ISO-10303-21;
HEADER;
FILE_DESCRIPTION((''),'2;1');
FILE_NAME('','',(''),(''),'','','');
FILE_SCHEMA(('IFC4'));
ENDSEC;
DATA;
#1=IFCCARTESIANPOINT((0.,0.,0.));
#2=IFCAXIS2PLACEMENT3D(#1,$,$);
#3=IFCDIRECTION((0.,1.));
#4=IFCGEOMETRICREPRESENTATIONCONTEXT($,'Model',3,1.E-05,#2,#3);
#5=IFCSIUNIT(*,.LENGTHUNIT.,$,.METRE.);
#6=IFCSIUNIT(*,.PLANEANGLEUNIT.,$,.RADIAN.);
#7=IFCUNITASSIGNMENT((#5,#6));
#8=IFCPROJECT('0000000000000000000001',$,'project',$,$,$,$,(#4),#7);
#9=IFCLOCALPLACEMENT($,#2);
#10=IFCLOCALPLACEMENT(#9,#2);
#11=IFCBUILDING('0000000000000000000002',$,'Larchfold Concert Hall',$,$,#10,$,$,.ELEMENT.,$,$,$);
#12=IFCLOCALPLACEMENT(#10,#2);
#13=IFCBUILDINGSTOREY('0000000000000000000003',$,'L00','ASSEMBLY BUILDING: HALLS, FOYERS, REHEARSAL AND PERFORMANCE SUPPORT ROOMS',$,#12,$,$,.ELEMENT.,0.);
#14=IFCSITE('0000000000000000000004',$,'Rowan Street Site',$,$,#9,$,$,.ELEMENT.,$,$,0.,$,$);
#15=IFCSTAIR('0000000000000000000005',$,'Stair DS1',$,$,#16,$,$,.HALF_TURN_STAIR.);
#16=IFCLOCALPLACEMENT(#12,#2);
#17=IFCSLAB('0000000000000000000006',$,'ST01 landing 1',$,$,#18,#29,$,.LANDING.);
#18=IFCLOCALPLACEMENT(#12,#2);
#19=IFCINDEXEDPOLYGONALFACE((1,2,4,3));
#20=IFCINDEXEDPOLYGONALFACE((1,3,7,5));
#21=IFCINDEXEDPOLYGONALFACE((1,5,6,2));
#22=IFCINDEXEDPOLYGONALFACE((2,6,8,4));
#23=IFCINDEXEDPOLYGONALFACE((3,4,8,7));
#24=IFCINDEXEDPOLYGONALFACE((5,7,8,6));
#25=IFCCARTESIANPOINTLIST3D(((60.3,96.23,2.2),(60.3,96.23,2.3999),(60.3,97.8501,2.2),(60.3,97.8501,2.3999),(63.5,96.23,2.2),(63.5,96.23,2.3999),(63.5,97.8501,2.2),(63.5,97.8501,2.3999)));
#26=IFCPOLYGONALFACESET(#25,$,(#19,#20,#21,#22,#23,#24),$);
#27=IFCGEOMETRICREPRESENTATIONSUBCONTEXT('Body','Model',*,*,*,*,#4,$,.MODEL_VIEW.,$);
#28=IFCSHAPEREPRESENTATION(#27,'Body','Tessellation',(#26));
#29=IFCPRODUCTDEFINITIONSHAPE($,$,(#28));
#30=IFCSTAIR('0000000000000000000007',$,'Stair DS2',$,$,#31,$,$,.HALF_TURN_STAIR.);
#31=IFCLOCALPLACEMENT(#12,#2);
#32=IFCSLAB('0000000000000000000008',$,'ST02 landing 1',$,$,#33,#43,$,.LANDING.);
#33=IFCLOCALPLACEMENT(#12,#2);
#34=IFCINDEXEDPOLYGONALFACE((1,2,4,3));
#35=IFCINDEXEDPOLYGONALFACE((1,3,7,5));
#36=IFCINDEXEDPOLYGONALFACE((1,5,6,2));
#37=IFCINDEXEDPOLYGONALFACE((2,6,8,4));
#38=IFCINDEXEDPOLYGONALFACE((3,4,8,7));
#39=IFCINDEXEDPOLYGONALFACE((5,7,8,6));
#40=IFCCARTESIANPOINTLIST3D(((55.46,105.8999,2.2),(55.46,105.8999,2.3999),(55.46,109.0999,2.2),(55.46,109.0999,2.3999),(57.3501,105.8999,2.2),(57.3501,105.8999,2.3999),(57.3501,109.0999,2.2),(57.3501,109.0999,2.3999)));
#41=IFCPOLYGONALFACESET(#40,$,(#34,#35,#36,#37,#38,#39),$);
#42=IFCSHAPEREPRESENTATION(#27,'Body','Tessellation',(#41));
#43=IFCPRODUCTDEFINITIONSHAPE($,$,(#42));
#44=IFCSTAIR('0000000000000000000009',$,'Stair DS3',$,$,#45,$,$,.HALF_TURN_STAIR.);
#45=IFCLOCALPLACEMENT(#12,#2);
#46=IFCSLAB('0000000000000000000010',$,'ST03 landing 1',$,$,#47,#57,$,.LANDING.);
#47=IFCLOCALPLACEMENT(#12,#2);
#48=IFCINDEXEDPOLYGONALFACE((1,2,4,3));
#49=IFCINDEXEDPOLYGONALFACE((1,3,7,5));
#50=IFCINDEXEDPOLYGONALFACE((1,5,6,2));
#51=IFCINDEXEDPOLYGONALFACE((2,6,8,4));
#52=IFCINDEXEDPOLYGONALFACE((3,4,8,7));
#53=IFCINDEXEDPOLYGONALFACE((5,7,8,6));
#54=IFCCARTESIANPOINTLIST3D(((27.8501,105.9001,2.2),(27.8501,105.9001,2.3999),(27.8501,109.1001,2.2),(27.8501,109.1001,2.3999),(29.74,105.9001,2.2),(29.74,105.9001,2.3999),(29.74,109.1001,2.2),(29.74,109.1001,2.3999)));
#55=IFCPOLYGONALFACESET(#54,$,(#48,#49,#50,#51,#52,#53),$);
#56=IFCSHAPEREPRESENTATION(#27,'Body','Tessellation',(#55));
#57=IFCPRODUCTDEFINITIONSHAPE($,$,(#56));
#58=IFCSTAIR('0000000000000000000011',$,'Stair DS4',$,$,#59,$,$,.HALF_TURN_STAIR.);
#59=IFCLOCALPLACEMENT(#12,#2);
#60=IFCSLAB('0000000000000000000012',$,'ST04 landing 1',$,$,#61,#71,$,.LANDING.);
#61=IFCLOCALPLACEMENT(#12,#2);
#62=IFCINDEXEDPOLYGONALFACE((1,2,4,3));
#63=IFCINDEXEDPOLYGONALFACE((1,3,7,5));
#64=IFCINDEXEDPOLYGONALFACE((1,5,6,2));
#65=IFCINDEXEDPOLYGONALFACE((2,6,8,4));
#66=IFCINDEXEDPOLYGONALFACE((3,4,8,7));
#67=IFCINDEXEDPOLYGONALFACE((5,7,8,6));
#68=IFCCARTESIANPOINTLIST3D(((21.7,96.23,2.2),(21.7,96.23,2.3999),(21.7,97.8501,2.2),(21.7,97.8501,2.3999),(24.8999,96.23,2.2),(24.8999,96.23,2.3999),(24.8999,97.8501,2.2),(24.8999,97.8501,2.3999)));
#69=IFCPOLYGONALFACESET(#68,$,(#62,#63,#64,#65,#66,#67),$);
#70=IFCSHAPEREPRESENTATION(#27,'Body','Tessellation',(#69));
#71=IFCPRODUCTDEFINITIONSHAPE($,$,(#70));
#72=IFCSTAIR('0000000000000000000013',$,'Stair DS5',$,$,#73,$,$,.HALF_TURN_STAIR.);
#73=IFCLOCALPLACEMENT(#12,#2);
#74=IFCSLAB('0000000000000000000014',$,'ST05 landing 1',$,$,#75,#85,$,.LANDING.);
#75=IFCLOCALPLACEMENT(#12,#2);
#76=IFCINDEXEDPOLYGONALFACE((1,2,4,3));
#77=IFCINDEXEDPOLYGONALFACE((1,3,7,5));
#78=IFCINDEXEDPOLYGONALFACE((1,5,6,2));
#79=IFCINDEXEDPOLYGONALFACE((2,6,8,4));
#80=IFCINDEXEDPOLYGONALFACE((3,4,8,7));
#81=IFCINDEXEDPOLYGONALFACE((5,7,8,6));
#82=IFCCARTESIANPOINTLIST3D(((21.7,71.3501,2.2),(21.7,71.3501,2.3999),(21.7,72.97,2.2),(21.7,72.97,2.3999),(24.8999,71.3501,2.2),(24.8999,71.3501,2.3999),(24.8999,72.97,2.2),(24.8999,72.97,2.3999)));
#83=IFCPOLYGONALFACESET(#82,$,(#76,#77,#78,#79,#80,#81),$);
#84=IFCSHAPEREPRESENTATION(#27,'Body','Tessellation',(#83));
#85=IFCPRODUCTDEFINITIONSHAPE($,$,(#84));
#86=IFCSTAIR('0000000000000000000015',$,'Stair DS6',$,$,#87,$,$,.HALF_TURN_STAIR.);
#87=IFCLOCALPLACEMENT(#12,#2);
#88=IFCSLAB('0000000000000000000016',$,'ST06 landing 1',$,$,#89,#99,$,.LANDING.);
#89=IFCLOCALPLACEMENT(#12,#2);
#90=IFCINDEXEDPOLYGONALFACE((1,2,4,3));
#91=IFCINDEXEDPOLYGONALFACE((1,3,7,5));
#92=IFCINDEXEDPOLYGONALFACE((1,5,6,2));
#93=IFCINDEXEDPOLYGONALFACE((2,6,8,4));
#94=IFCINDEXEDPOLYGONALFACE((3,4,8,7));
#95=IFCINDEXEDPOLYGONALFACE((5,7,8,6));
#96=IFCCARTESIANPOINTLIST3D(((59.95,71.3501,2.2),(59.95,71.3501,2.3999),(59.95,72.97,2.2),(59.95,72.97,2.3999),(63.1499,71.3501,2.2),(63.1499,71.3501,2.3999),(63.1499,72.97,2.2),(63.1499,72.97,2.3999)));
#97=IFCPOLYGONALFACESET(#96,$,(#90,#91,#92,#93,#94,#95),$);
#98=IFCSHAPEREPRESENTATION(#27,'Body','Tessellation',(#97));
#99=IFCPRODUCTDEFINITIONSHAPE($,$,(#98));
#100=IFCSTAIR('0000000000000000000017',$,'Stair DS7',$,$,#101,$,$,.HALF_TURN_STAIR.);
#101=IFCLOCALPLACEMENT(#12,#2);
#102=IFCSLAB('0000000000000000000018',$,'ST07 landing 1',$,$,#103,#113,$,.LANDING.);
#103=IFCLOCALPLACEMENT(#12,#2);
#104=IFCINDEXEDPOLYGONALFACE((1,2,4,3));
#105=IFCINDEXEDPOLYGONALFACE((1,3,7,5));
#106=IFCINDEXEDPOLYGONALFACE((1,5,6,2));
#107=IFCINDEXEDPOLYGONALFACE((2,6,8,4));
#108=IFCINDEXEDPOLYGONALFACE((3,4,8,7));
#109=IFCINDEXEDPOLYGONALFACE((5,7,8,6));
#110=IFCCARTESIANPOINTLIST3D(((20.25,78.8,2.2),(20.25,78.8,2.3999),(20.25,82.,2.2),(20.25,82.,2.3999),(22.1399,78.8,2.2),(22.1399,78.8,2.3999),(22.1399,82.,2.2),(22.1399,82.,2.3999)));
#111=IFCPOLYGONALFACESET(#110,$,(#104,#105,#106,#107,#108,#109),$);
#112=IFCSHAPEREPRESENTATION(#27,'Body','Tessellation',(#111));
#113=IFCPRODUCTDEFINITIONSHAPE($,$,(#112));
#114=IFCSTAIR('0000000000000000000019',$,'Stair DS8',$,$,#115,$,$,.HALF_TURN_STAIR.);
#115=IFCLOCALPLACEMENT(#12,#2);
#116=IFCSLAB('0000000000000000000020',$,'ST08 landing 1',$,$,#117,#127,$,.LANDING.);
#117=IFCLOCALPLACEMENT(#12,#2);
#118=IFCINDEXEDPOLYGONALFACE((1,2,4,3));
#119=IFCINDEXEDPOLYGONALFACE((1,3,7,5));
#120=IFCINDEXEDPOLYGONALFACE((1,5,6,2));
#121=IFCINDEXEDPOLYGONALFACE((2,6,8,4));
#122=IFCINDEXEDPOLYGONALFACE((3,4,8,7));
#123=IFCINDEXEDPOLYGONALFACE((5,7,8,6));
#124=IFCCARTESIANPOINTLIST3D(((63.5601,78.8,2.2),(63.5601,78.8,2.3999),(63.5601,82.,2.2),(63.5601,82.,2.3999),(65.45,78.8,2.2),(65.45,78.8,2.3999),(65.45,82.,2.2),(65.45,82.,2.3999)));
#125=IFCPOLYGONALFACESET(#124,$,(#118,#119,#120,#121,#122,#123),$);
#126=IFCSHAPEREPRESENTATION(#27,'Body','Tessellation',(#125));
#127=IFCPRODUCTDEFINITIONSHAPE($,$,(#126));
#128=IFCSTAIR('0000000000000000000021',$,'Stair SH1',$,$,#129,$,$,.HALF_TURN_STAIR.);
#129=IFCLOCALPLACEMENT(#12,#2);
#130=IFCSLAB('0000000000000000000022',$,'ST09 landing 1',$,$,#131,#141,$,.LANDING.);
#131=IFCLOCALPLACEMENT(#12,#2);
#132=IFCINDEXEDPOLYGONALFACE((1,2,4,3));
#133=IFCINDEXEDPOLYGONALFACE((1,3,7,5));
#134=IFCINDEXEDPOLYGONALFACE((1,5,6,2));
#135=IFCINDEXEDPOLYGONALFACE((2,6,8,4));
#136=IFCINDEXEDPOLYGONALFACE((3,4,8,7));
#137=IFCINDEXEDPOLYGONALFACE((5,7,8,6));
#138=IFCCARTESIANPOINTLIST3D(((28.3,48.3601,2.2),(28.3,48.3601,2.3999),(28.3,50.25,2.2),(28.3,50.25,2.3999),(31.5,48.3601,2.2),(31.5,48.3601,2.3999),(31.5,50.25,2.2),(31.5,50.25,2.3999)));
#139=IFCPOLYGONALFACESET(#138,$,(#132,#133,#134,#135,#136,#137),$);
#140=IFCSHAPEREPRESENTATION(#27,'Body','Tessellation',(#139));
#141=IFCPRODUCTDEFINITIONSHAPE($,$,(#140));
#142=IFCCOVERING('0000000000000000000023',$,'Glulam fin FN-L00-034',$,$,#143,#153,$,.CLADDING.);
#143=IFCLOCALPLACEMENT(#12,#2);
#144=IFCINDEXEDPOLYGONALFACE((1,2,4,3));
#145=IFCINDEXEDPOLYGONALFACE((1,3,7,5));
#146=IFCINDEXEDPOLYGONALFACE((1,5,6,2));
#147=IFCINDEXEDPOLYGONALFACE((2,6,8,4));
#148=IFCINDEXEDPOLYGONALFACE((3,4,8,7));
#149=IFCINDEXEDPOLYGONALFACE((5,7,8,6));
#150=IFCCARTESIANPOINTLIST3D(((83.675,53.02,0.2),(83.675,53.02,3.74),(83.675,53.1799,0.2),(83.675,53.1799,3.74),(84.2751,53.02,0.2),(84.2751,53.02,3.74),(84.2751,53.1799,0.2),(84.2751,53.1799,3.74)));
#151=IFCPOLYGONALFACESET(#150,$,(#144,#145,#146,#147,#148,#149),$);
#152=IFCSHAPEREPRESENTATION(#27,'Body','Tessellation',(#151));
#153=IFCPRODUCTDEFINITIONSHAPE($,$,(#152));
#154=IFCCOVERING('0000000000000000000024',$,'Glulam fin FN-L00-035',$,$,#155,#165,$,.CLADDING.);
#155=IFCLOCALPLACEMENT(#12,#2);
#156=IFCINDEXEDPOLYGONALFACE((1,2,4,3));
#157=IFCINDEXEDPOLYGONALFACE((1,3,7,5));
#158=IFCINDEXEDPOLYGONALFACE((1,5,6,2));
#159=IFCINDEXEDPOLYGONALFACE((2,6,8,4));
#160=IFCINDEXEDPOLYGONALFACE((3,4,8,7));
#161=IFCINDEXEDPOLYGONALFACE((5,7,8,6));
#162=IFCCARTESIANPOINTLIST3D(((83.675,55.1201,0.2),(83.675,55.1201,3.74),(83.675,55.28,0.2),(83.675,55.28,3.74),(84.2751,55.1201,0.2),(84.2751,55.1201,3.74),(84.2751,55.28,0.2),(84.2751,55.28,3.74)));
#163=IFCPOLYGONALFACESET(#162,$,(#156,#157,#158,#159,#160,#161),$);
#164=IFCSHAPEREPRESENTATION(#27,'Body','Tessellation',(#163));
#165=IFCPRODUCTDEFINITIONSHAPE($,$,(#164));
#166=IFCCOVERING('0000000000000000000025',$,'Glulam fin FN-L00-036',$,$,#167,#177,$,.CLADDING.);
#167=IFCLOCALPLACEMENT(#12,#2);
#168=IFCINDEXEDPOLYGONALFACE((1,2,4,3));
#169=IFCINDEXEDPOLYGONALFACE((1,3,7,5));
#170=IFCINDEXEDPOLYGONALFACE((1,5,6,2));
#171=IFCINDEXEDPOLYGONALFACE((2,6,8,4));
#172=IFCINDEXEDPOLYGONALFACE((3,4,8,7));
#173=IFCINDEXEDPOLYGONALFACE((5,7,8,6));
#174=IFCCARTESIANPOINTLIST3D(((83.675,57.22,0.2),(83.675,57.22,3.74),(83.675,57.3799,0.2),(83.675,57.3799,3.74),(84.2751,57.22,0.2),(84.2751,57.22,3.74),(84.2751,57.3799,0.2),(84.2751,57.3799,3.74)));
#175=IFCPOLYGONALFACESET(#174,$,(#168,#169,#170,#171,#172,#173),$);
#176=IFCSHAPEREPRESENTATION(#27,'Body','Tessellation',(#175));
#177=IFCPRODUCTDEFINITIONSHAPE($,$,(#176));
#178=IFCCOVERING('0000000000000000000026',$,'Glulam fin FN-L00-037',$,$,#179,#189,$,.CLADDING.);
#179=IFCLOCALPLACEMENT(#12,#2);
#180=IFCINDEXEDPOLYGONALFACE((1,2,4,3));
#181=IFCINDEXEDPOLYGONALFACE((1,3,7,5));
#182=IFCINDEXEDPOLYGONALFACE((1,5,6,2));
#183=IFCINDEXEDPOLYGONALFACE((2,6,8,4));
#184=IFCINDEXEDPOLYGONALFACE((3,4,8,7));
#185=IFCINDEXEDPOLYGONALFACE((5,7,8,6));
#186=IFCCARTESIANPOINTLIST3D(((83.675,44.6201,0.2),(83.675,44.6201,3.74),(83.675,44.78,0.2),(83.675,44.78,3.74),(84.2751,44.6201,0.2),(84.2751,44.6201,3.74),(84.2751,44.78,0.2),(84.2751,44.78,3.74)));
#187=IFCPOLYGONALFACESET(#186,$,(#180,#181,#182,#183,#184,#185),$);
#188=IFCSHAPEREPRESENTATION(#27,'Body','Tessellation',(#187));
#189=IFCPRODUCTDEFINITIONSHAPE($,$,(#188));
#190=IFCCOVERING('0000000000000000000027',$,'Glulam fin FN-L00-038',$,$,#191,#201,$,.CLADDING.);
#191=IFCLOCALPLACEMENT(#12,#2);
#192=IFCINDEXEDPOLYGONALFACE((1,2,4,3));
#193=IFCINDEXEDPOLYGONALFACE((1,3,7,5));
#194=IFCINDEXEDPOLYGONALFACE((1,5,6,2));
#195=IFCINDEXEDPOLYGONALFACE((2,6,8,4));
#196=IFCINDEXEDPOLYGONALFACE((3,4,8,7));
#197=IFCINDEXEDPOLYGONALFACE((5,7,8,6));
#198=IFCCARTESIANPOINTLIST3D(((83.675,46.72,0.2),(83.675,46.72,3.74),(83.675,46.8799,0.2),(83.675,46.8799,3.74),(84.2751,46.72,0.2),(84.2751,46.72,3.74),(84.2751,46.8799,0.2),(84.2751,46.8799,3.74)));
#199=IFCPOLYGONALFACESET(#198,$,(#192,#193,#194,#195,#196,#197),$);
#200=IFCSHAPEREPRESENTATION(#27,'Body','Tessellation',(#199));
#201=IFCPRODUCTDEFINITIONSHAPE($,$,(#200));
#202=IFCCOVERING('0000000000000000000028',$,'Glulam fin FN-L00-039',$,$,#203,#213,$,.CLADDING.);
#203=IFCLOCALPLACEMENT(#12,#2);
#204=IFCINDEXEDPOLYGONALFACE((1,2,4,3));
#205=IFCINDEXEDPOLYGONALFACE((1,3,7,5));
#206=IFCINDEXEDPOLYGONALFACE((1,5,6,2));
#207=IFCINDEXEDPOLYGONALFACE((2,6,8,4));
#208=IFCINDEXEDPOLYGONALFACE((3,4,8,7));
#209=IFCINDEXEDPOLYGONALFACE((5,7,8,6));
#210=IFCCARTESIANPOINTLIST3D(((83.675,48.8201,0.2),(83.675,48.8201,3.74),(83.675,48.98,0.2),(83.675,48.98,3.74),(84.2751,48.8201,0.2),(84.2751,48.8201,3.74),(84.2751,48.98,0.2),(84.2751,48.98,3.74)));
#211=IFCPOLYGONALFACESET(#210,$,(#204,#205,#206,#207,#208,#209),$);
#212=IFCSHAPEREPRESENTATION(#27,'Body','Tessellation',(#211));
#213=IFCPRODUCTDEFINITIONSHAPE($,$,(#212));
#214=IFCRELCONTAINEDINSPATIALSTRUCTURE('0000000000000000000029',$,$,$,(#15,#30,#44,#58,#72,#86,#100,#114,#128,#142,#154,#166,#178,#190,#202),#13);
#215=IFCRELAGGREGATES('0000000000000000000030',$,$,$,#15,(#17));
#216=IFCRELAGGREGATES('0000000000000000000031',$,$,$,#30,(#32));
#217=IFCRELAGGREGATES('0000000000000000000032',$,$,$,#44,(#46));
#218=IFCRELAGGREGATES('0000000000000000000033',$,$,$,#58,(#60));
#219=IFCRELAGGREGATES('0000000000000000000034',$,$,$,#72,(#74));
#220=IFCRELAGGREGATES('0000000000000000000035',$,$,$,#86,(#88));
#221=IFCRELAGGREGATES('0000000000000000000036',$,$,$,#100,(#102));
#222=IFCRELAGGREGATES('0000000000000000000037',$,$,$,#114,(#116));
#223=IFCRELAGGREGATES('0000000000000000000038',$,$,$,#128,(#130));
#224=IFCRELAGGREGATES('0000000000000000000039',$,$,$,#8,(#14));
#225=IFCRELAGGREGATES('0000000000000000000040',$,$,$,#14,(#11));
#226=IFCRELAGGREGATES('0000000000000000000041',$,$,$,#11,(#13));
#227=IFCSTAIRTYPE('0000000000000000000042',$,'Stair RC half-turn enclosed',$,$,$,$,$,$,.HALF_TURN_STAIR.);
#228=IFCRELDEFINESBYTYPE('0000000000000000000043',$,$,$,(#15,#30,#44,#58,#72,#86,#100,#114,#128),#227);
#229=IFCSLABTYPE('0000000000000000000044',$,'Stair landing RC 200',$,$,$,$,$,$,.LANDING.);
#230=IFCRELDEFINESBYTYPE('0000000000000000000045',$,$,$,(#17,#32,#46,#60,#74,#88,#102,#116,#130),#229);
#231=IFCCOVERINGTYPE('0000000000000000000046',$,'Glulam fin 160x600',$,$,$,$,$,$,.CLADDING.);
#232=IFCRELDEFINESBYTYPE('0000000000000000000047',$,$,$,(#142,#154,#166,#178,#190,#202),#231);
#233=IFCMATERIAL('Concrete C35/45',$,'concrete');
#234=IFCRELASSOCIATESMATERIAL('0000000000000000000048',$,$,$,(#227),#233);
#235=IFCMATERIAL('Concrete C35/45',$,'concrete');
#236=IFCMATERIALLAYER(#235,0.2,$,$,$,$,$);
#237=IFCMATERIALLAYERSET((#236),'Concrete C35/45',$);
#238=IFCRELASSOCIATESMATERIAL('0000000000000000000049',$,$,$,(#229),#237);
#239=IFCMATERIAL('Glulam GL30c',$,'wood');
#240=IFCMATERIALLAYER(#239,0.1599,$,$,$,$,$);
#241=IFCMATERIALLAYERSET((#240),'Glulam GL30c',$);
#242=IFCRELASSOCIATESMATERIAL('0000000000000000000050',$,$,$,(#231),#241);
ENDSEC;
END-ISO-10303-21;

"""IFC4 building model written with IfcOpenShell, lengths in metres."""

from ifc_helpers import new_model, si_unit, direction, frame, origin, place, context, subcontext, project, spatial, polyline, outline, extrude, material, layer, layer_set, type_object, element, aggregate, save


model = new_model("IFC4")

# Units and contexts
model_context = context("Model", 3, precision=1e-05, world=origin(), true_north=direction((0.0, 1.0)))
body_context = subcontext(model_context, "Body", "Model", "MODEL_VIEW")
ifc_project = project(units=[si_unit("LENGTHUNIT", "METRE"), si_unit("PLANEANGLEUNIT", "RADIAN")], contexts=[model_context])

# Site, building, storey
site_placement = place(None, origin())
site = spatial("IfcSite", under=ifc_project, at=site_placement, Name="Rowan Street Site", CompositionType="ELEMENT", RefElevation=0.0)
building_placement = place(site_placement, origin())
building = spatial("IfcBuilding", under=site, at=building_placement, Name="Larchfold Concert Hall", CompositionType="ELEMENT")
storey_placement = place(building_placement, origin())
storey = spatial("IfcBuildingStorey", under=building, at=storey_placement, Name="L00", Description="ASSEMBLY BUILDING: HALLS, FOYERS, REHEARSAL AND PERFORMANCE SUPPORT ROOMS", CompositionType="ELEMENT", Elevation=0.0)

# Stairs, slabs
ifc_material_1 = material(Name="Concrete C35/45", Category="concrete")
stair_type = type_object("IfcStairType", Name="Stair RC half-turn enclosed", PredefinedType="HALF_TURN_STAIR", material=ifc_material_1)
stair_1_placement = place(storey_placement, origin())
stair_1 = element("IfcStair", 1, at=stair_1_placement, inside=storey, type_object=stair_type, Name="Stair DS1", PredefinedType="HALF_TURN_STAIR")
ifc_material_2 = material(Name="Concrete C35/45", Category="concrete")
ifc_layer_1 = layer(ifc_material_2, 0.2)
ifc_layer_set_1 = layer_set([ifc_layer_1], Name="Concrete C35/45")
slab_type = type_object("IfcSlabType", Name="Stair landing RC 200", PredefinedType="LANDING", material=ifc_layer_set_1)
slab_1_placement = place(storey_placement, frame((0.0, 0.0, 2.2)))
slab_1 = element("IfcSlab", 2, at=slab_1_placement, type_object=slab_type, Name="ST01 landing 1", PredefinedType="LANDING", context=body_context, shape_type="SweptSolid", body=[
    extrude(outline(polyline([(63.5, 96.23), (63.5, 97.8501), (60.3, 97.8501), (60.3, 96.23), (63.5, 96.23)])), origin(), (0.0, 0.0, 1.0), 0.2),
])
aggregate(stair_1, [slab_1])
stair_2_placement = place(storey_placement, origin())
stair_2 = element("IfcStair", 3, at=stair_2_placement, inside=storey, type_object=stair_type, Name="Stair DS2", PredefinedType="HALF_TURN_STAIR")
slab_2_placement = place(storey_placement, frame((0.0, 0.0, 2.2)))
slab_2 = element("IfcSlab", 4, at=slab_2_placement, type_object=slab_type, Name="ST02 landing 1", PredefinedType="LANDING", context=body_context, shape_type="SweptSolid", body=[
    extrude(outline(polyline([(55.46, 105.8999), (57.3501, 105.8999), (57.3501, 109.0999), (55.46, 109.0999), (55.46, 105.8999)])), origin(), (0.0, 0.0, 1.0), 0.2),
])
aggregate(stair_2, [slab_2])
stair_3_placement = place(storey_placement, origin())
stair_3 = element("IfcStair", 5, at=stair_3_placement, inside=storey, type_object=stair_type, Name="Stair DS3", PredefinedType="HALF_TURN_STAIR")
slab_3_placement = place(storey_placement, frame((0.0, 0.0, 2.2)))
slab_3 = element("IfcSlab", 6, at=slab_3_placement, type_object=slab_type, Name="ST03 landing 1", PredefinedType="LANDING", context=body_context, shape_type="SweptSolid", body=[
    extrude(outline(polyline([(29.74, 109.1001), (27.8501, 109.1001), (27.8501, 105.9001), (29.74, 105.9001), (29.74, 109.1001)])), origin(), (0.0, 0.0, 1.0), 0.2),
])
aggregate(stair_3, [slab_3])
stair_4_placement = place(storey_placement, origin())
stair_4 = element("IfcStair", 7, at=stair_4_placement, inside=storey, type_object=stair_type, Name="Stair DS4", PredefinedType="HALF_TURN_STAIR")
slab_4_placement = place(storey_placement, frame((0.0, 0.0, 2.2)))
slab_4 = element("IfcSlab", 8, at=slab_4_placement, type_object=slab_type, Name="ST04 landing 1", PredefinedType="LANDING", context=body_context, shape_type="SweptSolid", body=[
    extrude(outline(polyline([(24.8999, 96.23), (24.8999, 97.8501), (21.7, 97.8501), (21.7, 96.23), (24.8999, 96.23)])), origin(), (0.0, 0.0, 1.0), 0.2),
])
aggregate(stair_4, [slab_4])
stair_5_placement = place(storey_placement, origin())
stair_5 = element("IfcStair", 9, at=stair_5_placement, inside=storey, type_object=stair_type, Name="Stair DS5", PredefinedType="HALF_TURN_STAIR")
slab_5_placement = place(storey_placement, frame((0.0, 0.0, 2.2)))
slab_5 = element("IfcSlab", 10, at=slab_5_placement, type_object=slab_type, Name="ST05 landing 1", PredefinedType="LANDING", context=body_context, shape_type="SweptSolid", body=[
    extrude(outline(polyline([(21.7, 72.97), (21.7, 71.3501), (24.8999, 71.3501), (24.8999, 72.97), (21.7, 72.97)])), origin(), (0.0, 0.0, 1.0), 0.2),
])
aggregate(stair_5, [slab_5])
stair_6_placement = place(storey_placement, origin())
stair_6 = element("IfcStair", 11, at=stair_6_placement, inside=storey, type_object=stair_type, Name="Stair DS6", PredefinedType="HALF_TURN_STAIR")
slab_6_placement = place(storey_placement, frame((0.0, 0.0, 2.2)))
slab_6 = element("IfcSlab", 12, at=slab_6_placement, type_object=slab_type, Name="ST06 landing 1", PredefinedType="LANDING", context=body_context, shape_type="SweptSolid", body=[
    extrude(outline(polyline([(59.95, 72.97), (59.95, 71.3501), (63.1499, 71.3501), (63.1499, 72.97), (59.95, 72.97)])), origin(), (0.0, 0.0, 1.0), 0.2),
])
aggregate(stair_6, [slab_6])
stair_7_placement = place(storey_placement, origin())
stair_7 = element("IfcStair", 13, at=stair_7_placement, inside=storey, type_object=stair_type, Name="Stair DS7", PredefinedType="HALF_TURN_STAIR")
slab_7_placement = place(storey_placement, frame((0.0, 0.0, 2.2)))
slab_7 = element("IfcSlab", 14, at=slab_7_placement, type_object=slab_type, Name="ST07 landing 1", PredefinedType="LANDING", context=body_context, shape_type="SweptSolid", body=[
    extrude(outline(polyline([(22.1399, 82.0), (20.25, 82.0), (20.25, 78.8), (22.1399, 78.8), (22.1399, 82.0)])), origin(), (0.0, 0.0, 1.0), 0.2),
])
aggregate(stair_7, [slab_7])
stair_8_placement = place(storey_placement, origin())
stair_8 = element("IfcStair", 15, at=stair_8_placement, inside=storey, type_object=stair_type, Name="Stair DS8", PredefinedType="HALF_TURN_STAIR")
slab_8_placement = place(storey_placement, frame((0.0, 0.0, 2.2)))
slab_8 = element("IfcSlab", 16, at=slab_8_placement, type_object=slab_type, Name="ST08 landing 1", PredefinedType="LANDING", context=body_context, shape_type="SweptSolid", body=[
    extrude(outline(polyline([(63.5601, 78.8), (65.45, 78.8), (65.45, 82.0), (63.5601, 82.0), (63.5601, 78.8)])), origin(), (0.0, 0.0, 1.0), 0.2),
])
aggregate(stair_8, [slab_8])
stair_9_placement = place(storey_placement, origin())
stair_9 = element("IfcStair", 17, at=stair_9_placement, inside=storey, type_object=stair_type, Name="Stair SH1", PredefinedType="HALF_TURN_STAIR")
slab_9_placement = place(storey_placement, frame((0.0, 0.0, 2.2)))
slab_9 = element("IfcSlab", 18, at=slab_9_placement, type_object=slab_type, Name="ST09 landing 1", PredefinedType="LANDING", context=body_context, shape_type="SweptSolid", body=[
    extrude(outline(polyline([(31.5, 48.3601), (31.5, 50.25), (28.3, 50.25), (28.3, 48.3601), (31.5, 48.3601)])), origin(), (0.0, 0.0, 1.0), 0.2),
])
aggregate(stair_9, [slab_9])

# Coverings
ifc_material_3 = material(Name="Glulam GL30c", Category="wood")
ifc_layer_2 = layer(ifc_material_3, 0.1599)
ifc_layer_set_2 = layer_set([ifc_layer_2], Name="Glulam GL30c")
covering_type_1 = type_object("IfcCoveringType", Name="Glulam fin 160x600", PredefinedType="CLADDING", material=ifc_layer_set_2)
covering_1_placement = place(storey_placement, frame((0.0, 0.0, 0.2)))
element("IfcCovering", 19, at=covering_1_placement, inside=storey, type_object=covering_type_1, Name="Glulam fin FN-L00-034", PredefinedType="CLADDING", context=body_context, shape_type="SweptSolid", body=[
    extrude(outline(polyline([(84.2751, 53.02), (84.2751, 53.1799), (83.675, 53.1799), (83.675, 53.02), (84.2751, 53.02)])), origin(), (0.0, 0.0, 1.0), 3.54),
])
covering_2_placement = place(storey_placement, frame((0.0, 0.0, 0.2)))
element("IfcCovering", 20, at=covering_2_placement, inside=storey, type_object=covering_type_1, Name="Glulam fin FN-L00-035", PredefinedType="CLADDING", context=body_context, shape_type="SweptSolid", body=[
    extrude(outline(polyline([(84.2751, 55.1201), (84.2751, 55.28), (83.675, 55.28), (83.675, 55.1201), (84.2751, 55.1201)])), origin(), (0.0, 0.0, 1.0), 3.54),
])
covering_3_placement = place(storey_placement, frame((0.0, 0.0, 0.2)))
element("IfcCovering", 21, at=covering_3_placement, inside=storey, type_object=covering_type_1, Name="Glulam fin FN-L00-036", PredefinedType="CLADDING", context=body_context, shape_type="SweptSolid", body=[
    extrude(outline(polyline([(84.2751, 57.22), (84.2751, 57.3799), (83.675, 57.3799), (83.675, 57.22), (84.2751, 57.22)])), origin(), (0.0, 0.0, 1.0), 3.54),
])
covering_4_placement = place(storey_placement, frame((0.0, 0.0, 0.2)))
element("IfcCovering", 22, at=covering_4_placement, inside=storey, type_object=covering_type_1, Name="Glulam fin FN-L00-037", PredefinedType="CLADDING", context=body_context, shape_type="SweptSolid", body=[
    extrude(outline(polyline([(84.2751, 44.6201), (84.2751, 44.78), (83.675, 44.78), (83.675, 44.6201), (84.2751, 44.6201)])), origin(), (0.0, 0.0, 1.0), 3.54),
])
covering_5_placement = place(storey_placement, frame((0.0, 0.0, 0.2)))
element("IfcCovering", 23, at=covering_5_placement, inside=storey, type_object=covering_type_1, Name="Glulam fin FN-L00-038", PredefinedType="CLADDING", context=body_context, shape_type="SweptSolid", body=[
    extrude(outline(polyline([(84.2751, 46.72), (84.2751, 46.8799), (83.675, 46.8799), (83.675, 46.72), (84.2751, 46.72)])), origin(), (0.0, 0.0, 1.0), 3.54),
])
covering_6_placement = place(storey_placement, frame((0.0, 0.0, 0.2)))
element("IfcCovering", 24, at=covering_6_placement, inside=storey, type_object=covering_type_1, Name="Glulam fin FN-L00-039", PredefinedType="CLADDING", context=body_context, shape_type="SweptSolid", body=[
    extrude(outline(polyline([(84.2751, 48.8201), (84.2751, 48.98), (83.675, 48.98), (83.675, 48.8201), (84.2751, 48.8201)])), origin(), (0.0, 0.0, 1.0), 3.54),
])

save(model, "model.ifc")
